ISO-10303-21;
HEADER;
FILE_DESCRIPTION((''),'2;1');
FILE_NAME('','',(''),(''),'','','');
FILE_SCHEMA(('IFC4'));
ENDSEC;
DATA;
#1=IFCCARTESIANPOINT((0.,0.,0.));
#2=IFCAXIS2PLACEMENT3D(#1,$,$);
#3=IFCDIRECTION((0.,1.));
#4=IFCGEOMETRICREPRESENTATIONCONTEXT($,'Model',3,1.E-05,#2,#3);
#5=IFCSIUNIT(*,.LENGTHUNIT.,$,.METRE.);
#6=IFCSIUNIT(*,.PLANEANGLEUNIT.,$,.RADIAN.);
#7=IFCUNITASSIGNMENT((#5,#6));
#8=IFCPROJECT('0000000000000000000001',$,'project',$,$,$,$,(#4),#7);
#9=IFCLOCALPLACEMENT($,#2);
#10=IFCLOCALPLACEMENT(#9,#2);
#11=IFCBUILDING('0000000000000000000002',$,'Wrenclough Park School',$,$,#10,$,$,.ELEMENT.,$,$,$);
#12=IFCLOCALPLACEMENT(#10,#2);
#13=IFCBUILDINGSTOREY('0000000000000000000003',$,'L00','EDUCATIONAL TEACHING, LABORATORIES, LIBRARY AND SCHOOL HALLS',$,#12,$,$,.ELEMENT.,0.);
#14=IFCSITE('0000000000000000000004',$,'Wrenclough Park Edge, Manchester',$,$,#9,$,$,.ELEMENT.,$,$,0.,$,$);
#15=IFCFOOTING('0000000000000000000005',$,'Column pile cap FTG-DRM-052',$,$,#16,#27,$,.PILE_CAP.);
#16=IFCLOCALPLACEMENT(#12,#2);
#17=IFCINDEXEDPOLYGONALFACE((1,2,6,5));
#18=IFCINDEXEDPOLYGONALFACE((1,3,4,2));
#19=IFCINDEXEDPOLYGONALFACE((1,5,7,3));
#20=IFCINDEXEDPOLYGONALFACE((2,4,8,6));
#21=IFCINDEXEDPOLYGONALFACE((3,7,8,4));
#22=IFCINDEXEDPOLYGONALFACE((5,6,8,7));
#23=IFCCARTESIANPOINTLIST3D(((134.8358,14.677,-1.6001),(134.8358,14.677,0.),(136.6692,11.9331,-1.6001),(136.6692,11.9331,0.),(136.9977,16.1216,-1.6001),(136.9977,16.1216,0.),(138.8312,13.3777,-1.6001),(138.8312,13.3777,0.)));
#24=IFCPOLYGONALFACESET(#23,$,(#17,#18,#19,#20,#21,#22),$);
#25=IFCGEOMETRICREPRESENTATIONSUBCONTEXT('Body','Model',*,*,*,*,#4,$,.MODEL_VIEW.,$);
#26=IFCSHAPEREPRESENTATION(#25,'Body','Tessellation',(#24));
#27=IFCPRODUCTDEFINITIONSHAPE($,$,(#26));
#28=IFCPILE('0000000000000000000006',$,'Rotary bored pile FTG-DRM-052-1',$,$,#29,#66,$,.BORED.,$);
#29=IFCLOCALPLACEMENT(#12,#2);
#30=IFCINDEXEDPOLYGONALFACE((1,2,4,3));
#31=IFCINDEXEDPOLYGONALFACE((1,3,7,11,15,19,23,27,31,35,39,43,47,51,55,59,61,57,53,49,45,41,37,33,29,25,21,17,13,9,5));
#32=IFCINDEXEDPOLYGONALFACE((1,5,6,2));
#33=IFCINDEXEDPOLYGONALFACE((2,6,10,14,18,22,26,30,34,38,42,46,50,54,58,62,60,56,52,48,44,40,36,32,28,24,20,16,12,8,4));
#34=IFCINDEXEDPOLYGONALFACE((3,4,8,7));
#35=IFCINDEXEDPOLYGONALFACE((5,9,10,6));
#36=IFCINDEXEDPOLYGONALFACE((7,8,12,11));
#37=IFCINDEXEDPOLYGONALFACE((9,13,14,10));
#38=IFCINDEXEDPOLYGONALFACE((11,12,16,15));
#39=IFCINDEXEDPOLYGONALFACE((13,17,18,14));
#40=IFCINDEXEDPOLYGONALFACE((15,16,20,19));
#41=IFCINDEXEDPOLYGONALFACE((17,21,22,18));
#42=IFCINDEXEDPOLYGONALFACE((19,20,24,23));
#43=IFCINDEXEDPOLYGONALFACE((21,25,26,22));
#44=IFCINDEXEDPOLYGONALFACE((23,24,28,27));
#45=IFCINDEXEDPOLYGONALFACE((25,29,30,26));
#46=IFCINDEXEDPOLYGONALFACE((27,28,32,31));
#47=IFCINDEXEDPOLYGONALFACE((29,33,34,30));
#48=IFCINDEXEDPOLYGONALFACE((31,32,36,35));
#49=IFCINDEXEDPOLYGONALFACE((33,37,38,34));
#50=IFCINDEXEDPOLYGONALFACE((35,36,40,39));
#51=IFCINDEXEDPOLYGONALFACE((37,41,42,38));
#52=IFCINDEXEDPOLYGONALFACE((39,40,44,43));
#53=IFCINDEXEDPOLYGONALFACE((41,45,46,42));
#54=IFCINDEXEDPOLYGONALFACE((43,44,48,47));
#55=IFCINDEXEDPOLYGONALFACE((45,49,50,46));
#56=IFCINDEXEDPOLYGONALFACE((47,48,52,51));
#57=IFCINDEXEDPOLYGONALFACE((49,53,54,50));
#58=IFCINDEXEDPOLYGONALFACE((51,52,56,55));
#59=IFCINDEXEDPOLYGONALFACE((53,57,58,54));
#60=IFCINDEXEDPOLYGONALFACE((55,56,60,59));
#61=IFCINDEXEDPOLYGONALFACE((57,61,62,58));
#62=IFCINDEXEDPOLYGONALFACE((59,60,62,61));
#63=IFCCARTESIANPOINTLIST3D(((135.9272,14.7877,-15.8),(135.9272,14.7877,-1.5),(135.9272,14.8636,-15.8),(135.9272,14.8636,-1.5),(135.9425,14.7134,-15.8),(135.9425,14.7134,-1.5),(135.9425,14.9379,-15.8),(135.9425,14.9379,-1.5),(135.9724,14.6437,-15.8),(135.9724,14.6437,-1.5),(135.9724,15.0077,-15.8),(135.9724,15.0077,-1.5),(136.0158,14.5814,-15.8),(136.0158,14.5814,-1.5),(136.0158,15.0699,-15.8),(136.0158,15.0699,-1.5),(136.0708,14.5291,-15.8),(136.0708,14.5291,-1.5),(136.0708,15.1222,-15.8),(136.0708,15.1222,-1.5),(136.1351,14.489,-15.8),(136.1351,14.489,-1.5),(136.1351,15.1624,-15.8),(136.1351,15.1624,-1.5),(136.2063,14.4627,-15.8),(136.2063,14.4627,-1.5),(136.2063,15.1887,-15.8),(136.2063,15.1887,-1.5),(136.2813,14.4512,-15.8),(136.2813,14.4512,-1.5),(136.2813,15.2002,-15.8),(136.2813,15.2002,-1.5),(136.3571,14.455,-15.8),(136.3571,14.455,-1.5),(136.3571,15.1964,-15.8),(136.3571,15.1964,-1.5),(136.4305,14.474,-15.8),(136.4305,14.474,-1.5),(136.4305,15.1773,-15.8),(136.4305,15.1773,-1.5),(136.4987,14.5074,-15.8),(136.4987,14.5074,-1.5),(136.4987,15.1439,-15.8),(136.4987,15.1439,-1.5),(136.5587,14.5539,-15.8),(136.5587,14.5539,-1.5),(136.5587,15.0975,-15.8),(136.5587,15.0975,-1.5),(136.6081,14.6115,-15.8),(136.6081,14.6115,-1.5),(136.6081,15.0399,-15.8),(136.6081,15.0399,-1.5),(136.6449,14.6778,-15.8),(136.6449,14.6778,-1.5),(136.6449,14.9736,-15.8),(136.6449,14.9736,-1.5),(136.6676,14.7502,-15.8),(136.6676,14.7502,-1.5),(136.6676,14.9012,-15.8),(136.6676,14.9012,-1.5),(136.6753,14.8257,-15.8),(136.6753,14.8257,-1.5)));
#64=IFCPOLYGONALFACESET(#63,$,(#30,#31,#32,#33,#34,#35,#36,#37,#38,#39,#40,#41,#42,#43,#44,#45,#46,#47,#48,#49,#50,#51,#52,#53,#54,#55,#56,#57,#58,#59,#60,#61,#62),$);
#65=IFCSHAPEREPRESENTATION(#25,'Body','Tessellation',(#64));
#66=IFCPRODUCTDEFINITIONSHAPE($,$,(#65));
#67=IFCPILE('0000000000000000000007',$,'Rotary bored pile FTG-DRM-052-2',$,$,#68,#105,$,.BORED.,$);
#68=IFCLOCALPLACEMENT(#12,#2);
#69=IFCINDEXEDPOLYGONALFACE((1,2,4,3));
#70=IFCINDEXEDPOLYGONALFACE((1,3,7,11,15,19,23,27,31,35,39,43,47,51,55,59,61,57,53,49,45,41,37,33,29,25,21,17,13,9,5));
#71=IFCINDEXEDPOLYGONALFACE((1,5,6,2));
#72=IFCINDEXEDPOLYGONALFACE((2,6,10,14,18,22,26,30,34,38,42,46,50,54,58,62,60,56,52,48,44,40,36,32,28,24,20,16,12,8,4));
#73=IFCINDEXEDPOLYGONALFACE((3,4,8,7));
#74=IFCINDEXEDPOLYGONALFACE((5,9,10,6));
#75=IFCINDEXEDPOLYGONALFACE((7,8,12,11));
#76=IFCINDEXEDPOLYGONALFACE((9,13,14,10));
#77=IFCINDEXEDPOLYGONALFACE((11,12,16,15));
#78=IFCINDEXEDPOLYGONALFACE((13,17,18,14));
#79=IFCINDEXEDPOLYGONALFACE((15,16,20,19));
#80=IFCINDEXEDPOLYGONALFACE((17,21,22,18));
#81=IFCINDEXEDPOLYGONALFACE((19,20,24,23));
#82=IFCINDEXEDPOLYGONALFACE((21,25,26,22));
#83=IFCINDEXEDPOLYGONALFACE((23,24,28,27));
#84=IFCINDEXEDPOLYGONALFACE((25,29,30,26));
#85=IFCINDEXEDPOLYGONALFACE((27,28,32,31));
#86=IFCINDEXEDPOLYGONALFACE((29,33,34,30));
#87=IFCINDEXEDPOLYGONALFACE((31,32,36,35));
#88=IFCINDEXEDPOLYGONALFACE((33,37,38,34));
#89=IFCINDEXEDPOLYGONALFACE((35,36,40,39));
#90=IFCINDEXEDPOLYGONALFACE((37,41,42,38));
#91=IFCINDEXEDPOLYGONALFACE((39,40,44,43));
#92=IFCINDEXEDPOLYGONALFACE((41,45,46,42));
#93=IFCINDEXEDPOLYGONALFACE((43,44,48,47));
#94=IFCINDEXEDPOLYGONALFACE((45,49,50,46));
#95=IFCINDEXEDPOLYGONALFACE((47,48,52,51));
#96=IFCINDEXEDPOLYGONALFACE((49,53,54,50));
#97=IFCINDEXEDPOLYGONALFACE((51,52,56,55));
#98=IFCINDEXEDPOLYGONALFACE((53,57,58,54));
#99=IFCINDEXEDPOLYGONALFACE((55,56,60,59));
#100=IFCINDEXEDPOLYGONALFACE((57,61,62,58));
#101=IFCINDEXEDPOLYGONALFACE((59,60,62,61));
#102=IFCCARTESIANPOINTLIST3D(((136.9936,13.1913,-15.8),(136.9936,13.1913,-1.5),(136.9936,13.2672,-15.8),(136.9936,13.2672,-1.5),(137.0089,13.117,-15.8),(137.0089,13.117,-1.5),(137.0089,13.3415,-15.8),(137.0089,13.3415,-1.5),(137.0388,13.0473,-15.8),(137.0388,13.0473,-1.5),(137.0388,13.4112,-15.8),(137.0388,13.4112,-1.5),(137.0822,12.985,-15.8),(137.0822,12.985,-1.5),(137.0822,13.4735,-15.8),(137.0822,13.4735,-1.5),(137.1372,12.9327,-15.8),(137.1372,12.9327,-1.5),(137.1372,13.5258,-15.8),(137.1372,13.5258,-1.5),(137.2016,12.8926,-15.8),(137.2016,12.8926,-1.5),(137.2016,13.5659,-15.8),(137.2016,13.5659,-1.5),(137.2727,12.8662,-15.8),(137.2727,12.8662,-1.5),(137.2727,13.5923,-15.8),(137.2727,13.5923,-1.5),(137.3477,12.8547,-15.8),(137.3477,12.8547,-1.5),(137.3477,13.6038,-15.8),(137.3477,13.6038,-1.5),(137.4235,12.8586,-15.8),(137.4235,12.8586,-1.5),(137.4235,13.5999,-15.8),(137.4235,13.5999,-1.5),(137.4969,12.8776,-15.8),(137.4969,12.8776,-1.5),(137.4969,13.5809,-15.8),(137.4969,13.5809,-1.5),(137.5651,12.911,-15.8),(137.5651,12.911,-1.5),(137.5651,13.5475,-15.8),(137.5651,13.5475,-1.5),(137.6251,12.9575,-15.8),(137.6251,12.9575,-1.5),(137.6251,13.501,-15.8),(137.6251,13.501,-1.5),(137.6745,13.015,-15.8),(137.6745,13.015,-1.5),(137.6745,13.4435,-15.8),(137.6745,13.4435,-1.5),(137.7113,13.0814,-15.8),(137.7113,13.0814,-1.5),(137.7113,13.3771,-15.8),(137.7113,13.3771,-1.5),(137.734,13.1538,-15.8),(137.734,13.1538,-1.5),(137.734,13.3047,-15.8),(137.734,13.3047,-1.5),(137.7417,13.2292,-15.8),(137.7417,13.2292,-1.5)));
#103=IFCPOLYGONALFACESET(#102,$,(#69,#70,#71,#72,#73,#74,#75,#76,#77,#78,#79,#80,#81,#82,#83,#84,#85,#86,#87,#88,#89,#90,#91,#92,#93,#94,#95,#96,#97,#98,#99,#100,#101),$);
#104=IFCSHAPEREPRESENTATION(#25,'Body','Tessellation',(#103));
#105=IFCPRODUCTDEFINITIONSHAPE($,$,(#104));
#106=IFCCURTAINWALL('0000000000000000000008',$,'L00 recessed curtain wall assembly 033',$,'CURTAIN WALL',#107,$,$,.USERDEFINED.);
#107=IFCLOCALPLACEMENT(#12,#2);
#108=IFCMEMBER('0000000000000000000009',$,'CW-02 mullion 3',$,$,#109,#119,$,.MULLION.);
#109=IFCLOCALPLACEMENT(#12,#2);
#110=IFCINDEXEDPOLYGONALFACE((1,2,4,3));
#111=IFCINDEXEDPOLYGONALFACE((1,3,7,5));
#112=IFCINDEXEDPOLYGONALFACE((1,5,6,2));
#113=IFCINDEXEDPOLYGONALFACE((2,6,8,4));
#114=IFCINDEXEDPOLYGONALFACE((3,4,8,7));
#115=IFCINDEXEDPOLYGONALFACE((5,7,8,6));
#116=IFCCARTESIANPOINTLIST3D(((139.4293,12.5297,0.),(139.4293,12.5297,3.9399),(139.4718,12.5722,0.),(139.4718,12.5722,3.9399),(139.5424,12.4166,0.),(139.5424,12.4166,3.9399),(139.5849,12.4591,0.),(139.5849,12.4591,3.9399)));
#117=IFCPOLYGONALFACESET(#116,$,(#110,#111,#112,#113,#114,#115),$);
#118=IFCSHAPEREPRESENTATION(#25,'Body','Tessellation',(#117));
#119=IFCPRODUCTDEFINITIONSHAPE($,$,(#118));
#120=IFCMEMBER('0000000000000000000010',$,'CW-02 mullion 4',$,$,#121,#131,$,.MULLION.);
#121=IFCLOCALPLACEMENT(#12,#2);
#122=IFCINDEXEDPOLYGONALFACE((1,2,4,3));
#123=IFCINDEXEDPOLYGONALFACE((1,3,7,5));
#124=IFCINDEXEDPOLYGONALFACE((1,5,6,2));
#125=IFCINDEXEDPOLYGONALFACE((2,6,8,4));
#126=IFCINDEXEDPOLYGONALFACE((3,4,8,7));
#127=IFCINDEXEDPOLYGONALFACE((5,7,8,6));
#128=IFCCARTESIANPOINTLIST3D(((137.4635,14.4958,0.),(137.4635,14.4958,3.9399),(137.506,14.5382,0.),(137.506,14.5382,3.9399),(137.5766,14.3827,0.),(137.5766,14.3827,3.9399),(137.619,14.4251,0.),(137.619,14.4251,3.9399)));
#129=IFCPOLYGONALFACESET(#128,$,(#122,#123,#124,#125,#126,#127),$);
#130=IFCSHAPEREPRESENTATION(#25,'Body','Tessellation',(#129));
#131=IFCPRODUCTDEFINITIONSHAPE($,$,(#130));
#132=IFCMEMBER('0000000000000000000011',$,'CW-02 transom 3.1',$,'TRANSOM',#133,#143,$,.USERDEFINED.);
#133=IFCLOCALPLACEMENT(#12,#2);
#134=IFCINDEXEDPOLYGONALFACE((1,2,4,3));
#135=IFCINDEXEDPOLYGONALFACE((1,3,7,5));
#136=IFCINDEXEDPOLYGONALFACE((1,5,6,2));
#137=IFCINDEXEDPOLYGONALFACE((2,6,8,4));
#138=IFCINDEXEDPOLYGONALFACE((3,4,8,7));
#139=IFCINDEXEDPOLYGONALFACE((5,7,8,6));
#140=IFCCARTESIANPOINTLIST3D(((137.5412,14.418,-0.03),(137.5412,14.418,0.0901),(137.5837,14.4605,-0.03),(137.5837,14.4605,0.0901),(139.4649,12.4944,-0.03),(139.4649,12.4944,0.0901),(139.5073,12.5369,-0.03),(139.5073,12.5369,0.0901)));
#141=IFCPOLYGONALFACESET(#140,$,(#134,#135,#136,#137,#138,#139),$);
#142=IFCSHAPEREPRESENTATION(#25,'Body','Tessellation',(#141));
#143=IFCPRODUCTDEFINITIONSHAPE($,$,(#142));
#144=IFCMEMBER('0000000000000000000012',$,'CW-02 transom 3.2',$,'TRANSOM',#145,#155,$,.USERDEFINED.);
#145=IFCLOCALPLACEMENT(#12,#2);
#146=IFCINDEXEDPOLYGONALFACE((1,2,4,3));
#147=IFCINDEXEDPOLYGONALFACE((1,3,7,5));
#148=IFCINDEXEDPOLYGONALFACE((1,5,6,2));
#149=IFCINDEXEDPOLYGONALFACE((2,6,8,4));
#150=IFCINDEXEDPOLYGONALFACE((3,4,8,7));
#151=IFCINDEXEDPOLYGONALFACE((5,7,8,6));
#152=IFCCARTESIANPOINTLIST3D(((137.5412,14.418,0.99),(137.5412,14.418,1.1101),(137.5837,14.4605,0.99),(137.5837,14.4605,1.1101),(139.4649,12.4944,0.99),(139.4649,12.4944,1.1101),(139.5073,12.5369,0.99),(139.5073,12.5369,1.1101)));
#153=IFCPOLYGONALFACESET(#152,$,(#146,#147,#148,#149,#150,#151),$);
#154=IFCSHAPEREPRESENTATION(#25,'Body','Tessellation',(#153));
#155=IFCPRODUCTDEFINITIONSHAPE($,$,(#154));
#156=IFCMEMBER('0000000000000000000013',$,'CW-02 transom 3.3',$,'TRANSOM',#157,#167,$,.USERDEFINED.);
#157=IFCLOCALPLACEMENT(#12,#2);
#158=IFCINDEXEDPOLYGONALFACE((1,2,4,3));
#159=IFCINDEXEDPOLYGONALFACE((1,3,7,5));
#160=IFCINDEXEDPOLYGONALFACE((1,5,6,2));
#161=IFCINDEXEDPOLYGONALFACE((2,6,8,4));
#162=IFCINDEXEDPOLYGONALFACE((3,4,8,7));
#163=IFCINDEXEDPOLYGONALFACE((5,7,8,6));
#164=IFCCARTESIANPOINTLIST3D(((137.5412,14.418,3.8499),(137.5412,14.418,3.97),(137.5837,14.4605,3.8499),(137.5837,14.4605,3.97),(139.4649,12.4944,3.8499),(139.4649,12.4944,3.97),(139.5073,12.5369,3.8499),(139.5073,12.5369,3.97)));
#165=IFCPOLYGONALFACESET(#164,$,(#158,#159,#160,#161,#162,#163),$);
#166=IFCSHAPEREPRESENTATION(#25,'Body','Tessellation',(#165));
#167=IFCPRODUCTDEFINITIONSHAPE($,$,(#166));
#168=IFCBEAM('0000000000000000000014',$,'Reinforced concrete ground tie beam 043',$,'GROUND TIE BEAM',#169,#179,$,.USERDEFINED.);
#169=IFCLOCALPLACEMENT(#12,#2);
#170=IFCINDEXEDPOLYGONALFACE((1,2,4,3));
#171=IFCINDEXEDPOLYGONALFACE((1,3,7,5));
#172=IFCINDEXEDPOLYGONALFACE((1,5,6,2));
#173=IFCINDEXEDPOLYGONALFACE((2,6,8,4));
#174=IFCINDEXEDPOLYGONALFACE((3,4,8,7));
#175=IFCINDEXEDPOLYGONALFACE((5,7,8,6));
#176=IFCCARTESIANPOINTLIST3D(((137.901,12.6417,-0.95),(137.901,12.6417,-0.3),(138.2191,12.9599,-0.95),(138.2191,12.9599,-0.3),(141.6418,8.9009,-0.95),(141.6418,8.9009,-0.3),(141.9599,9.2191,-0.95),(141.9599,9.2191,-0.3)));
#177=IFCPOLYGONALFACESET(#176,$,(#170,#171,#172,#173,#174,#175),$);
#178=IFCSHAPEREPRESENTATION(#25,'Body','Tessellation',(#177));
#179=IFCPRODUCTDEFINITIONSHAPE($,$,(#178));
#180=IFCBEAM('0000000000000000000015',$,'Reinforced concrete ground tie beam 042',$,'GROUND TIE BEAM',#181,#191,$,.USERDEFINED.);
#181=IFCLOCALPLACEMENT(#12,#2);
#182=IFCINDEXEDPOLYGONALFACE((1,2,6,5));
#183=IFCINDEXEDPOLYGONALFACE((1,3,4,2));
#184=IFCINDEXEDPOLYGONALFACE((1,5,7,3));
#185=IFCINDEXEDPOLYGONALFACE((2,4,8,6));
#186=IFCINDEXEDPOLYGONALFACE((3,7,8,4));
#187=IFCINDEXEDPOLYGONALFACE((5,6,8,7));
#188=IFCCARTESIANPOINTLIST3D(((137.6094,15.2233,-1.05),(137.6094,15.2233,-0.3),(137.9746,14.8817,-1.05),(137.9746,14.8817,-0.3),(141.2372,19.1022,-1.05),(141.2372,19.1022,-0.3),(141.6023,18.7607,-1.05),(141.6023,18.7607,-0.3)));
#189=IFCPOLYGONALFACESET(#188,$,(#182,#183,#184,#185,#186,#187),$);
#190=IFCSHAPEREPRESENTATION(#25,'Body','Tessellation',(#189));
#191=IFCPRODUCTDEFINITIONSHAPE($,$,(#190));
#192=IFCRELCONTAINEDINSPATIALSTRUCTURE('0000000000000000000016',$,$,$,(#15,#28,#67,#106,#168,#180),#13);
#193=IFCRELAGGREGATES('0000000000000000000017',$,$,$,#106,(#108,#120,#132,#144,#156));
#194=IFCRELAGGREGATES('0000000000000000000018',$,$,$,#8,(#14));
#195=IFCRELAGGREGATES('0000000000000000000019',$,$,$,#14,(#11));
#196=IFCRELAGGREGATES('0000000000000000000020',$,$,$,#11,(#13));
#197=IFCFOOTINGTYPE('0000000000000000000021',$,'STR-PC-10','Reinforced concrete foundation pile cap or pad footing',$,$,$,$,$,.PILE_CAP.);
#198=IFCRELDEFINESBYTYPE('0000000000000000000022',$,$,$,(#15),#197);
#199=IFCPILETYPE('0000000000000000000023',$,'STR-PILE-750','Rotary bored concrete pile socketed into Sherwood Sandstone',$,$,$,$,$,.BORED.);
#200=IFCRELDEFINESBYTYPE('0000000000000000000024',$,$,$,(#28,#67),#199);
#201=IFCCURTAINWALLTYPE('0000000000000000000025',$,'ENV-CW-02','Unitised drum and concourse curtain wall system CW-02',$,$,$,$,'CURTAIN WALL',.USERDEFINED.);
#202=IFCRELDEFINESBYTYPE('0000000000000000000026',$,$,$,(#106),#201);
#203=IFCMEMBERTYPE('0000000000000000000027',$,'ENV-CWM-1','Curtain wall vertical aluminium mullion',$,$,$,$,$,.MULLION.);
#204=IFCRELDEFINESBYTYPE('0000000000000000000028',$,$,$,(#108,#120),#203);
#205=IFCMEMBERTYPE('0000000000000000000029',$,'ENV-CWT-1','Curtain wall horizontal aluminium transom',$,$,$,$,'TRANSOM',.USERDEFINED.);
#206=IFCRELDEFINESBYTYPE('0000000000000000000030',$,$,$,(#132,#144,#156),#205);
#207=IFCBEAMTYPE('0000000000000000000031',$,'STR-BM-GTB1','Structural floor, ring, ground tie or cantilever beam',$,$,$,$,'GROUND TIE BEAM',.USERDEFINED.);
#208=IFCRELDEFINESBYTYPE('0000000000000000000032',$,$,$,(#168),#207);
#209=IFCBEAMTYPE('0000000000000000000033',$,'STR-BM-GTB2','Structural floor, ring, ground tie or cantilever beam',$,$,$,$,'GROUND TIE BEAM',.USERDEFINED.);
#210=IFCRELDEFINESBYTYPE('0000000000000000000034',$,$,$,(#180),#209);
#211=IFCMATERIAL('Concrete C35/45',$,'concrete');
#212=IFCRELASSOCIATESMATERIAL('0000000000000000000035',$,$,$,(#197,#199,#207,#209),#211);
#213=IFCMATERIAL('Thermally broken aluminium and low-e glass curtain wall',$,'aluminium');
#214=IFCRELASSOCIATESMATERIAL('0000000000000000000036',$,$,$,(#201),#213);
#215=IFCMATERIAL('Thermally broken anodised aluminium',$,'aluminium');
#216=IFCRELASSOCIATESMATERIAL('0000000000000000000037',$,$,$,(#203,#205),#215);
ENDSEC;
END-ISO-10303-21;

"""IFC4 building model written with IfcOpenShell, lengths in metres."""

from ifc_helpers import new_model, si_unit, direction, frame, origin, origin_2d, place, context, subcontext, project, spatial, rectangle, circle, extrude, material, material_profile, profile_set, type_object, element, aggregate, save


model = new_model("IFC4")

# Units and contexts
model_context = context("Model", 3, precision=1e-05, world=origin(), true_north=direction((0.0, 1.0)))
body_context = subcontext(model_context, "Body", "Model", "MODEL_VIEW")
ifc_project = project(units=[si_unit("LENGTHUNIT", "METRE"), si_unit("PLANEANGLEUNIT", "RADIAN")], contexts=[model_context])

# Site, building, storey
site_placement = place(None, origin())
site = spatial("IfcSite", under=ifc_project, at=site_placement, Name="Wrenclough Park Edge, Manchester", CompositionType="ELEMENT", RefElevation=0.0)
building_placement = place(site_placement, origin())
building = spatial("IfcBuilding", under=site, at=building_placement, Name="Wrenclough Park School", CompositionType="ELEMENT")
storey_placement = place(building_placement, origin())
storey = spatial("IfcBuildingStorey", under=building, at=storey_placement, Name="L00", Description="EDUCATIONAL TEACHING, LABORATORIES, LIBRARY AND SCHOOL HALLS", CompositionType="ELEMENT", Elevation=0.0)

# Footing
ifc_material_1 = material(Name="Concrete C35/45", Category="concrete")
footing_type = type_object("IfcFootingType", Name="STR-PC-10", Description="Reinforced concrete foundation pile cap or pad footing", PredefinedType="PILE_CAP", material=ifc_material_1)
footing_placement = place(storey_placement, frame((136.8335, 14.0273, -1.6001), z_axis=(0.0, 0.0, 1.0), x_axis=(0.55557, -0.83147, 0.0)))
element("IfcFooting", 1, at=footing_placement, inside=storey, type_object=footing_type, Name="Column pile cap FTG-DRM-052", PredefinedType="PILE_CAP", context=body_context, shape_type="SweptSolid", body=[
    extrude(rectangle(XDim=3.3, YDim=2.6001, at=origin_2d()), origin(), (0.0, 0.0, 1.0), 1.6001),
])

# Piles
ifc_material_profile_1 = material_profile(ifc_material_1, circle(Radius=0.375, at=origin_2d()), Name="BORED PILE D750")
ifc_profile_set_1 = profile_set([ifc_material_profile_1], Name="Concrete C35/45")
pile_type = type_object("IfcPileType", Name="STR-PILE-750", Description="Rotary bored concrete pile socketed into Sherwood Sandstone", PredefinedType="BORED", material=ifc_profile_set_1)
for number, where, z_axis, x_axis, name in (
    (2, (136.3003, 14.8257, -1.5), (0.0, 0.0, -1.0), (1.0, 0.0, 0.0), "Rotary bored pile FTG-DRM-052-1"),
    (3, (137.3667, 13.2292, -1.5), (0.0, 0.0, -1.0), (1.0, 0.0, 0.0), "Rotary bored pile FTG-DRM-052-2"),
):
    element("IfcPile", number, at=place(storey_placement, frame(where, z_axis=z_axis, x_axis=x_axis)), inside=storey, type_object=pile_type, Name=name, PredefinedType="BORED", context=body_context, shape_type="SweptSolid", body=[
        extrude(circle(Radius=0.375, at=origin_2d()), origin(), (0.0, 0.0, 1.0), 14.3),
    ])

# Curtain wall, members
ifc_material_2 = material(Name="Thermally broken aluminium and low-e glass curtain wall", Category="aluminium")
curtain_wall_type = type_object("IfcCurtainWallType", Name="ENV-CW-02", Description="Unitised drum and concourse curtain wall system CW-02", ElementType="CURTAIN WALL", PredefinedType="USERDEFINED", material=ifc_material_2)
curtain_wall_placement = place(storey_placement, origin())
curtain_wall = element("IfcCurtainWall", 4, at=curtain_wall_placement, inside=storey, type_object=curtain_wall_type, Name="L00 recessed curtain wall assembly 033", ObjectType="CURTAIN WALL", PredefinedType="USERDEFINED")
ifc_material_3 = material(Name="Thermally broken anodised aluminium", Category="aluminium")
ifc_material_profile_2 = material_profile(ifc_material_3, rectangle(XDim=0.0601, YDim=0.1599, at=origin_2d()), Name="AL MULLION 60x160")
ifc_profile_set_2 = profile_set([ifc_material_profile_2], Name="Thermally broken anodised aluminium")
member_type_1 = type_object("IfcMemberType", Name="ENV-CWM-1", Description="Curtain wall vertical aluminium mullion", PredefinedType="MULLION", material=ifc_profile_set_2)
member_1_placement = place(storey_placement, frame((139.5071, 12.4944, 0.0), z_axis=(0.0, 0.0, 1.0), x_axis=(-0.707107, -0.707107, 0.0)))
member_1 = element("IfcMember", 5, at=member_1_placement, type_object=member_type_1, Name="CW-02 mullion 3", PredefinedType="MULLION", context=body_context, shape_type="SweptSolid", body=[
    extrude(rectangle(XDim=0.0601, YDim=0.1599, at=origin_2d()), origin(), (0.0, 0.0, 1.0), 3.9399),
])
member_2_placement = place(storey_placement, frame((137.5413, 14.4604, 0.0), z_axis=(0.0, 0.0, 1.0), x_axis=(-0.707107, -0.707107, 0.0)))
member_2 = element("IfcMember", 6, at=member_2_placement, type_object=member_type_1, Name="CW-02 mullion 4", PredefinedType="MULLION", context=body_context, shape_type="SweptSolid", body=[
    extrude(rectangle(XDim=0.0601, YDim=0.1599, at=origin_2d()), origin(), (0.0, 0.0, 1.0), 3.9399),
])
ifc_material_profile_3 = material_profile(ifc_material_3, rectangle(XDim=0.0601, YDim=0.1201, at=origin_2d()), Name="AL TRANSOM 60x120")
ifc_profile_set_3 = profile_set([ifc_material_profile_3], Name="Thermally broken anodised aluminium")
member_type_2 = type_object("IfcMemberType", Name="ENV-CWT-1", Description="Curtain wall horizontal aluminium transom", ElementType="TRANSOM", PredefinedType="USERDEFINED", material=ifc_profile_set_3)
member_3_placement = place(storey_placement, frame((139.4861, 12.5156, 0.03), z_axis=(-0.707107, 0.707107, 0.0), x_axis=(-0.707107, -0.707107, 0.0)))
member_3 = element("IfcMember", 7, at=member_3_placement, type_object=member_type_2, Name="CW-02 transom 3.1", ObjectType="TRANSOM", PredefinedType="USERDEFINED", context=body_context, shape_type="SweptSolid", body=[
    extrude(rectangle(XDim=0.0601, YDim=0.1201, at=origin_2d()), origin(), (0.0, 0.0, 1.0), 2.7205),
])
member_4_placement = place(storey_placement, frame((139.4861, 12.5156, 1.05), z_axis=(-0.707107, 0.707107, 0.0), x_axis=(-0.707107, -0.707107, 0.0)))
member_4 = element("IfcMember", 8, at=member_4_placement, type_object=member_type_2, Name="CW-02 transom 3.2", ObjectType="TRANSOM", PredefinedType="USERDEFINED", context=body_context, shape_type="SweptSolid", body=[
    extrude(rectangle(XDim=0.0601, YDim=0.1201, at=origin_2d()), origin(), (0.0, 0.0, 1.0), 2.7205),
])
member_5_placement = place(storey_placement, frame((139.4861, 12.5156, 3.9099), z_axis=(-0.707107, 0.707107, 0.0), x_axis=(-0.707107, -0.707107, 0.0)))
member_5 = element("IfcMember", 9, at=member_5_placement, type_object=member_type_2, Name="CW-02 transom 3.3", ObjectType="TRANSOM", PredefinedType="USERDEFINED", context=body_context, shape_type="SweptSolid", body=[
    extrude(rectangle(XDim=0.0601, YDim=0.1201, at=origin_2d()), origin(), (0.0, 0.0, 1.0), 2.7205),
])

# Beams
ifc_material_profile_4 = material_profile(ifc_material_1, rectangle(XDim=0.45, YDim=0.6499, at=origin_2d()), Name="RC GROUND 450x650")
ifc_profile_set_4 = profile_set([ifc_material_profile_4], Name="Concrete C35/45")
beam_type_1 = type_object("IfcBeamType", Name="STR-BM-GTB1", Description="Structural floor, ring, ground tie or cantilever beam", ElementType="GROUND TIE BEAM", PredefinedType="USERDEFINED", material=ifc_profile_set_4)
beam_1_placement = place(storey_placement, frame((138.0601, 12.8008, -0.625), z_axis=(0.707107, -0.707107, 0.0), x_axis=(0.707107, 0.707107, 0.0)))
element("IfcBeam", 10, at=beam_1_placement, inside=storey, type_object=beam_type_1, Name="Reinforced concrete ground tie beam 043", ObjectType="GROUND TIE BEAM", PredefinedType="USERDEFINED", context=body_context, shape_type="SweptSolid", body=[
    extrude(rectangle(XDim=0.45, YDim=0.6499, at=origin_2d()), origin(), (0.0, 0.0, 1.0), 5.2903),
])
ifc_material_profile_5 = material_profile(ifc_material_1, rectangle(XDim=0.5, YDim=0.75, at=origin_2d()), Name="RC GROUND 500x750")
ifc_profile_set_5 = profile_set([ifc_material_profile_5], Name="Concrete C35/45")
beam_type_2 = type_object("IfcBeamType", Name="STR-BM-GTB2", Description="Structural floor, ring, ground tie or cantilever beam", ElementType="GROUND TIE BEAM", PredefinedType="USERDEFINED", material=ifc_profile_set_5)
beam_2_placement = place(storey_placement, frame((137.792, 15.0525, -0.675), z_axis=(0.68306, 0.730362, 0.0), x_axis=(-0.730362, 0.68306, 0.0)))
element("IfcBeam", 11, at=beam_2_placement, inside=storey, type_object=beam_type_2, Name="Reinforced concrete ground tie beam 042", ObjectType="GROUND TIE BEAM", PredefinedType="USERDEFINED", context=body_context, shape_type="SweptSolid", body=[
    extrude(rectangle(XDim=0.5, YDim=0.75, at=origin_2d()), origin(), (0.0, 0.0, 1.0), 5.311),
])

aggregate(curtain_wall, [member_1, member_2, member_3, member_4, member_5])

save(model, "model.ifc")
